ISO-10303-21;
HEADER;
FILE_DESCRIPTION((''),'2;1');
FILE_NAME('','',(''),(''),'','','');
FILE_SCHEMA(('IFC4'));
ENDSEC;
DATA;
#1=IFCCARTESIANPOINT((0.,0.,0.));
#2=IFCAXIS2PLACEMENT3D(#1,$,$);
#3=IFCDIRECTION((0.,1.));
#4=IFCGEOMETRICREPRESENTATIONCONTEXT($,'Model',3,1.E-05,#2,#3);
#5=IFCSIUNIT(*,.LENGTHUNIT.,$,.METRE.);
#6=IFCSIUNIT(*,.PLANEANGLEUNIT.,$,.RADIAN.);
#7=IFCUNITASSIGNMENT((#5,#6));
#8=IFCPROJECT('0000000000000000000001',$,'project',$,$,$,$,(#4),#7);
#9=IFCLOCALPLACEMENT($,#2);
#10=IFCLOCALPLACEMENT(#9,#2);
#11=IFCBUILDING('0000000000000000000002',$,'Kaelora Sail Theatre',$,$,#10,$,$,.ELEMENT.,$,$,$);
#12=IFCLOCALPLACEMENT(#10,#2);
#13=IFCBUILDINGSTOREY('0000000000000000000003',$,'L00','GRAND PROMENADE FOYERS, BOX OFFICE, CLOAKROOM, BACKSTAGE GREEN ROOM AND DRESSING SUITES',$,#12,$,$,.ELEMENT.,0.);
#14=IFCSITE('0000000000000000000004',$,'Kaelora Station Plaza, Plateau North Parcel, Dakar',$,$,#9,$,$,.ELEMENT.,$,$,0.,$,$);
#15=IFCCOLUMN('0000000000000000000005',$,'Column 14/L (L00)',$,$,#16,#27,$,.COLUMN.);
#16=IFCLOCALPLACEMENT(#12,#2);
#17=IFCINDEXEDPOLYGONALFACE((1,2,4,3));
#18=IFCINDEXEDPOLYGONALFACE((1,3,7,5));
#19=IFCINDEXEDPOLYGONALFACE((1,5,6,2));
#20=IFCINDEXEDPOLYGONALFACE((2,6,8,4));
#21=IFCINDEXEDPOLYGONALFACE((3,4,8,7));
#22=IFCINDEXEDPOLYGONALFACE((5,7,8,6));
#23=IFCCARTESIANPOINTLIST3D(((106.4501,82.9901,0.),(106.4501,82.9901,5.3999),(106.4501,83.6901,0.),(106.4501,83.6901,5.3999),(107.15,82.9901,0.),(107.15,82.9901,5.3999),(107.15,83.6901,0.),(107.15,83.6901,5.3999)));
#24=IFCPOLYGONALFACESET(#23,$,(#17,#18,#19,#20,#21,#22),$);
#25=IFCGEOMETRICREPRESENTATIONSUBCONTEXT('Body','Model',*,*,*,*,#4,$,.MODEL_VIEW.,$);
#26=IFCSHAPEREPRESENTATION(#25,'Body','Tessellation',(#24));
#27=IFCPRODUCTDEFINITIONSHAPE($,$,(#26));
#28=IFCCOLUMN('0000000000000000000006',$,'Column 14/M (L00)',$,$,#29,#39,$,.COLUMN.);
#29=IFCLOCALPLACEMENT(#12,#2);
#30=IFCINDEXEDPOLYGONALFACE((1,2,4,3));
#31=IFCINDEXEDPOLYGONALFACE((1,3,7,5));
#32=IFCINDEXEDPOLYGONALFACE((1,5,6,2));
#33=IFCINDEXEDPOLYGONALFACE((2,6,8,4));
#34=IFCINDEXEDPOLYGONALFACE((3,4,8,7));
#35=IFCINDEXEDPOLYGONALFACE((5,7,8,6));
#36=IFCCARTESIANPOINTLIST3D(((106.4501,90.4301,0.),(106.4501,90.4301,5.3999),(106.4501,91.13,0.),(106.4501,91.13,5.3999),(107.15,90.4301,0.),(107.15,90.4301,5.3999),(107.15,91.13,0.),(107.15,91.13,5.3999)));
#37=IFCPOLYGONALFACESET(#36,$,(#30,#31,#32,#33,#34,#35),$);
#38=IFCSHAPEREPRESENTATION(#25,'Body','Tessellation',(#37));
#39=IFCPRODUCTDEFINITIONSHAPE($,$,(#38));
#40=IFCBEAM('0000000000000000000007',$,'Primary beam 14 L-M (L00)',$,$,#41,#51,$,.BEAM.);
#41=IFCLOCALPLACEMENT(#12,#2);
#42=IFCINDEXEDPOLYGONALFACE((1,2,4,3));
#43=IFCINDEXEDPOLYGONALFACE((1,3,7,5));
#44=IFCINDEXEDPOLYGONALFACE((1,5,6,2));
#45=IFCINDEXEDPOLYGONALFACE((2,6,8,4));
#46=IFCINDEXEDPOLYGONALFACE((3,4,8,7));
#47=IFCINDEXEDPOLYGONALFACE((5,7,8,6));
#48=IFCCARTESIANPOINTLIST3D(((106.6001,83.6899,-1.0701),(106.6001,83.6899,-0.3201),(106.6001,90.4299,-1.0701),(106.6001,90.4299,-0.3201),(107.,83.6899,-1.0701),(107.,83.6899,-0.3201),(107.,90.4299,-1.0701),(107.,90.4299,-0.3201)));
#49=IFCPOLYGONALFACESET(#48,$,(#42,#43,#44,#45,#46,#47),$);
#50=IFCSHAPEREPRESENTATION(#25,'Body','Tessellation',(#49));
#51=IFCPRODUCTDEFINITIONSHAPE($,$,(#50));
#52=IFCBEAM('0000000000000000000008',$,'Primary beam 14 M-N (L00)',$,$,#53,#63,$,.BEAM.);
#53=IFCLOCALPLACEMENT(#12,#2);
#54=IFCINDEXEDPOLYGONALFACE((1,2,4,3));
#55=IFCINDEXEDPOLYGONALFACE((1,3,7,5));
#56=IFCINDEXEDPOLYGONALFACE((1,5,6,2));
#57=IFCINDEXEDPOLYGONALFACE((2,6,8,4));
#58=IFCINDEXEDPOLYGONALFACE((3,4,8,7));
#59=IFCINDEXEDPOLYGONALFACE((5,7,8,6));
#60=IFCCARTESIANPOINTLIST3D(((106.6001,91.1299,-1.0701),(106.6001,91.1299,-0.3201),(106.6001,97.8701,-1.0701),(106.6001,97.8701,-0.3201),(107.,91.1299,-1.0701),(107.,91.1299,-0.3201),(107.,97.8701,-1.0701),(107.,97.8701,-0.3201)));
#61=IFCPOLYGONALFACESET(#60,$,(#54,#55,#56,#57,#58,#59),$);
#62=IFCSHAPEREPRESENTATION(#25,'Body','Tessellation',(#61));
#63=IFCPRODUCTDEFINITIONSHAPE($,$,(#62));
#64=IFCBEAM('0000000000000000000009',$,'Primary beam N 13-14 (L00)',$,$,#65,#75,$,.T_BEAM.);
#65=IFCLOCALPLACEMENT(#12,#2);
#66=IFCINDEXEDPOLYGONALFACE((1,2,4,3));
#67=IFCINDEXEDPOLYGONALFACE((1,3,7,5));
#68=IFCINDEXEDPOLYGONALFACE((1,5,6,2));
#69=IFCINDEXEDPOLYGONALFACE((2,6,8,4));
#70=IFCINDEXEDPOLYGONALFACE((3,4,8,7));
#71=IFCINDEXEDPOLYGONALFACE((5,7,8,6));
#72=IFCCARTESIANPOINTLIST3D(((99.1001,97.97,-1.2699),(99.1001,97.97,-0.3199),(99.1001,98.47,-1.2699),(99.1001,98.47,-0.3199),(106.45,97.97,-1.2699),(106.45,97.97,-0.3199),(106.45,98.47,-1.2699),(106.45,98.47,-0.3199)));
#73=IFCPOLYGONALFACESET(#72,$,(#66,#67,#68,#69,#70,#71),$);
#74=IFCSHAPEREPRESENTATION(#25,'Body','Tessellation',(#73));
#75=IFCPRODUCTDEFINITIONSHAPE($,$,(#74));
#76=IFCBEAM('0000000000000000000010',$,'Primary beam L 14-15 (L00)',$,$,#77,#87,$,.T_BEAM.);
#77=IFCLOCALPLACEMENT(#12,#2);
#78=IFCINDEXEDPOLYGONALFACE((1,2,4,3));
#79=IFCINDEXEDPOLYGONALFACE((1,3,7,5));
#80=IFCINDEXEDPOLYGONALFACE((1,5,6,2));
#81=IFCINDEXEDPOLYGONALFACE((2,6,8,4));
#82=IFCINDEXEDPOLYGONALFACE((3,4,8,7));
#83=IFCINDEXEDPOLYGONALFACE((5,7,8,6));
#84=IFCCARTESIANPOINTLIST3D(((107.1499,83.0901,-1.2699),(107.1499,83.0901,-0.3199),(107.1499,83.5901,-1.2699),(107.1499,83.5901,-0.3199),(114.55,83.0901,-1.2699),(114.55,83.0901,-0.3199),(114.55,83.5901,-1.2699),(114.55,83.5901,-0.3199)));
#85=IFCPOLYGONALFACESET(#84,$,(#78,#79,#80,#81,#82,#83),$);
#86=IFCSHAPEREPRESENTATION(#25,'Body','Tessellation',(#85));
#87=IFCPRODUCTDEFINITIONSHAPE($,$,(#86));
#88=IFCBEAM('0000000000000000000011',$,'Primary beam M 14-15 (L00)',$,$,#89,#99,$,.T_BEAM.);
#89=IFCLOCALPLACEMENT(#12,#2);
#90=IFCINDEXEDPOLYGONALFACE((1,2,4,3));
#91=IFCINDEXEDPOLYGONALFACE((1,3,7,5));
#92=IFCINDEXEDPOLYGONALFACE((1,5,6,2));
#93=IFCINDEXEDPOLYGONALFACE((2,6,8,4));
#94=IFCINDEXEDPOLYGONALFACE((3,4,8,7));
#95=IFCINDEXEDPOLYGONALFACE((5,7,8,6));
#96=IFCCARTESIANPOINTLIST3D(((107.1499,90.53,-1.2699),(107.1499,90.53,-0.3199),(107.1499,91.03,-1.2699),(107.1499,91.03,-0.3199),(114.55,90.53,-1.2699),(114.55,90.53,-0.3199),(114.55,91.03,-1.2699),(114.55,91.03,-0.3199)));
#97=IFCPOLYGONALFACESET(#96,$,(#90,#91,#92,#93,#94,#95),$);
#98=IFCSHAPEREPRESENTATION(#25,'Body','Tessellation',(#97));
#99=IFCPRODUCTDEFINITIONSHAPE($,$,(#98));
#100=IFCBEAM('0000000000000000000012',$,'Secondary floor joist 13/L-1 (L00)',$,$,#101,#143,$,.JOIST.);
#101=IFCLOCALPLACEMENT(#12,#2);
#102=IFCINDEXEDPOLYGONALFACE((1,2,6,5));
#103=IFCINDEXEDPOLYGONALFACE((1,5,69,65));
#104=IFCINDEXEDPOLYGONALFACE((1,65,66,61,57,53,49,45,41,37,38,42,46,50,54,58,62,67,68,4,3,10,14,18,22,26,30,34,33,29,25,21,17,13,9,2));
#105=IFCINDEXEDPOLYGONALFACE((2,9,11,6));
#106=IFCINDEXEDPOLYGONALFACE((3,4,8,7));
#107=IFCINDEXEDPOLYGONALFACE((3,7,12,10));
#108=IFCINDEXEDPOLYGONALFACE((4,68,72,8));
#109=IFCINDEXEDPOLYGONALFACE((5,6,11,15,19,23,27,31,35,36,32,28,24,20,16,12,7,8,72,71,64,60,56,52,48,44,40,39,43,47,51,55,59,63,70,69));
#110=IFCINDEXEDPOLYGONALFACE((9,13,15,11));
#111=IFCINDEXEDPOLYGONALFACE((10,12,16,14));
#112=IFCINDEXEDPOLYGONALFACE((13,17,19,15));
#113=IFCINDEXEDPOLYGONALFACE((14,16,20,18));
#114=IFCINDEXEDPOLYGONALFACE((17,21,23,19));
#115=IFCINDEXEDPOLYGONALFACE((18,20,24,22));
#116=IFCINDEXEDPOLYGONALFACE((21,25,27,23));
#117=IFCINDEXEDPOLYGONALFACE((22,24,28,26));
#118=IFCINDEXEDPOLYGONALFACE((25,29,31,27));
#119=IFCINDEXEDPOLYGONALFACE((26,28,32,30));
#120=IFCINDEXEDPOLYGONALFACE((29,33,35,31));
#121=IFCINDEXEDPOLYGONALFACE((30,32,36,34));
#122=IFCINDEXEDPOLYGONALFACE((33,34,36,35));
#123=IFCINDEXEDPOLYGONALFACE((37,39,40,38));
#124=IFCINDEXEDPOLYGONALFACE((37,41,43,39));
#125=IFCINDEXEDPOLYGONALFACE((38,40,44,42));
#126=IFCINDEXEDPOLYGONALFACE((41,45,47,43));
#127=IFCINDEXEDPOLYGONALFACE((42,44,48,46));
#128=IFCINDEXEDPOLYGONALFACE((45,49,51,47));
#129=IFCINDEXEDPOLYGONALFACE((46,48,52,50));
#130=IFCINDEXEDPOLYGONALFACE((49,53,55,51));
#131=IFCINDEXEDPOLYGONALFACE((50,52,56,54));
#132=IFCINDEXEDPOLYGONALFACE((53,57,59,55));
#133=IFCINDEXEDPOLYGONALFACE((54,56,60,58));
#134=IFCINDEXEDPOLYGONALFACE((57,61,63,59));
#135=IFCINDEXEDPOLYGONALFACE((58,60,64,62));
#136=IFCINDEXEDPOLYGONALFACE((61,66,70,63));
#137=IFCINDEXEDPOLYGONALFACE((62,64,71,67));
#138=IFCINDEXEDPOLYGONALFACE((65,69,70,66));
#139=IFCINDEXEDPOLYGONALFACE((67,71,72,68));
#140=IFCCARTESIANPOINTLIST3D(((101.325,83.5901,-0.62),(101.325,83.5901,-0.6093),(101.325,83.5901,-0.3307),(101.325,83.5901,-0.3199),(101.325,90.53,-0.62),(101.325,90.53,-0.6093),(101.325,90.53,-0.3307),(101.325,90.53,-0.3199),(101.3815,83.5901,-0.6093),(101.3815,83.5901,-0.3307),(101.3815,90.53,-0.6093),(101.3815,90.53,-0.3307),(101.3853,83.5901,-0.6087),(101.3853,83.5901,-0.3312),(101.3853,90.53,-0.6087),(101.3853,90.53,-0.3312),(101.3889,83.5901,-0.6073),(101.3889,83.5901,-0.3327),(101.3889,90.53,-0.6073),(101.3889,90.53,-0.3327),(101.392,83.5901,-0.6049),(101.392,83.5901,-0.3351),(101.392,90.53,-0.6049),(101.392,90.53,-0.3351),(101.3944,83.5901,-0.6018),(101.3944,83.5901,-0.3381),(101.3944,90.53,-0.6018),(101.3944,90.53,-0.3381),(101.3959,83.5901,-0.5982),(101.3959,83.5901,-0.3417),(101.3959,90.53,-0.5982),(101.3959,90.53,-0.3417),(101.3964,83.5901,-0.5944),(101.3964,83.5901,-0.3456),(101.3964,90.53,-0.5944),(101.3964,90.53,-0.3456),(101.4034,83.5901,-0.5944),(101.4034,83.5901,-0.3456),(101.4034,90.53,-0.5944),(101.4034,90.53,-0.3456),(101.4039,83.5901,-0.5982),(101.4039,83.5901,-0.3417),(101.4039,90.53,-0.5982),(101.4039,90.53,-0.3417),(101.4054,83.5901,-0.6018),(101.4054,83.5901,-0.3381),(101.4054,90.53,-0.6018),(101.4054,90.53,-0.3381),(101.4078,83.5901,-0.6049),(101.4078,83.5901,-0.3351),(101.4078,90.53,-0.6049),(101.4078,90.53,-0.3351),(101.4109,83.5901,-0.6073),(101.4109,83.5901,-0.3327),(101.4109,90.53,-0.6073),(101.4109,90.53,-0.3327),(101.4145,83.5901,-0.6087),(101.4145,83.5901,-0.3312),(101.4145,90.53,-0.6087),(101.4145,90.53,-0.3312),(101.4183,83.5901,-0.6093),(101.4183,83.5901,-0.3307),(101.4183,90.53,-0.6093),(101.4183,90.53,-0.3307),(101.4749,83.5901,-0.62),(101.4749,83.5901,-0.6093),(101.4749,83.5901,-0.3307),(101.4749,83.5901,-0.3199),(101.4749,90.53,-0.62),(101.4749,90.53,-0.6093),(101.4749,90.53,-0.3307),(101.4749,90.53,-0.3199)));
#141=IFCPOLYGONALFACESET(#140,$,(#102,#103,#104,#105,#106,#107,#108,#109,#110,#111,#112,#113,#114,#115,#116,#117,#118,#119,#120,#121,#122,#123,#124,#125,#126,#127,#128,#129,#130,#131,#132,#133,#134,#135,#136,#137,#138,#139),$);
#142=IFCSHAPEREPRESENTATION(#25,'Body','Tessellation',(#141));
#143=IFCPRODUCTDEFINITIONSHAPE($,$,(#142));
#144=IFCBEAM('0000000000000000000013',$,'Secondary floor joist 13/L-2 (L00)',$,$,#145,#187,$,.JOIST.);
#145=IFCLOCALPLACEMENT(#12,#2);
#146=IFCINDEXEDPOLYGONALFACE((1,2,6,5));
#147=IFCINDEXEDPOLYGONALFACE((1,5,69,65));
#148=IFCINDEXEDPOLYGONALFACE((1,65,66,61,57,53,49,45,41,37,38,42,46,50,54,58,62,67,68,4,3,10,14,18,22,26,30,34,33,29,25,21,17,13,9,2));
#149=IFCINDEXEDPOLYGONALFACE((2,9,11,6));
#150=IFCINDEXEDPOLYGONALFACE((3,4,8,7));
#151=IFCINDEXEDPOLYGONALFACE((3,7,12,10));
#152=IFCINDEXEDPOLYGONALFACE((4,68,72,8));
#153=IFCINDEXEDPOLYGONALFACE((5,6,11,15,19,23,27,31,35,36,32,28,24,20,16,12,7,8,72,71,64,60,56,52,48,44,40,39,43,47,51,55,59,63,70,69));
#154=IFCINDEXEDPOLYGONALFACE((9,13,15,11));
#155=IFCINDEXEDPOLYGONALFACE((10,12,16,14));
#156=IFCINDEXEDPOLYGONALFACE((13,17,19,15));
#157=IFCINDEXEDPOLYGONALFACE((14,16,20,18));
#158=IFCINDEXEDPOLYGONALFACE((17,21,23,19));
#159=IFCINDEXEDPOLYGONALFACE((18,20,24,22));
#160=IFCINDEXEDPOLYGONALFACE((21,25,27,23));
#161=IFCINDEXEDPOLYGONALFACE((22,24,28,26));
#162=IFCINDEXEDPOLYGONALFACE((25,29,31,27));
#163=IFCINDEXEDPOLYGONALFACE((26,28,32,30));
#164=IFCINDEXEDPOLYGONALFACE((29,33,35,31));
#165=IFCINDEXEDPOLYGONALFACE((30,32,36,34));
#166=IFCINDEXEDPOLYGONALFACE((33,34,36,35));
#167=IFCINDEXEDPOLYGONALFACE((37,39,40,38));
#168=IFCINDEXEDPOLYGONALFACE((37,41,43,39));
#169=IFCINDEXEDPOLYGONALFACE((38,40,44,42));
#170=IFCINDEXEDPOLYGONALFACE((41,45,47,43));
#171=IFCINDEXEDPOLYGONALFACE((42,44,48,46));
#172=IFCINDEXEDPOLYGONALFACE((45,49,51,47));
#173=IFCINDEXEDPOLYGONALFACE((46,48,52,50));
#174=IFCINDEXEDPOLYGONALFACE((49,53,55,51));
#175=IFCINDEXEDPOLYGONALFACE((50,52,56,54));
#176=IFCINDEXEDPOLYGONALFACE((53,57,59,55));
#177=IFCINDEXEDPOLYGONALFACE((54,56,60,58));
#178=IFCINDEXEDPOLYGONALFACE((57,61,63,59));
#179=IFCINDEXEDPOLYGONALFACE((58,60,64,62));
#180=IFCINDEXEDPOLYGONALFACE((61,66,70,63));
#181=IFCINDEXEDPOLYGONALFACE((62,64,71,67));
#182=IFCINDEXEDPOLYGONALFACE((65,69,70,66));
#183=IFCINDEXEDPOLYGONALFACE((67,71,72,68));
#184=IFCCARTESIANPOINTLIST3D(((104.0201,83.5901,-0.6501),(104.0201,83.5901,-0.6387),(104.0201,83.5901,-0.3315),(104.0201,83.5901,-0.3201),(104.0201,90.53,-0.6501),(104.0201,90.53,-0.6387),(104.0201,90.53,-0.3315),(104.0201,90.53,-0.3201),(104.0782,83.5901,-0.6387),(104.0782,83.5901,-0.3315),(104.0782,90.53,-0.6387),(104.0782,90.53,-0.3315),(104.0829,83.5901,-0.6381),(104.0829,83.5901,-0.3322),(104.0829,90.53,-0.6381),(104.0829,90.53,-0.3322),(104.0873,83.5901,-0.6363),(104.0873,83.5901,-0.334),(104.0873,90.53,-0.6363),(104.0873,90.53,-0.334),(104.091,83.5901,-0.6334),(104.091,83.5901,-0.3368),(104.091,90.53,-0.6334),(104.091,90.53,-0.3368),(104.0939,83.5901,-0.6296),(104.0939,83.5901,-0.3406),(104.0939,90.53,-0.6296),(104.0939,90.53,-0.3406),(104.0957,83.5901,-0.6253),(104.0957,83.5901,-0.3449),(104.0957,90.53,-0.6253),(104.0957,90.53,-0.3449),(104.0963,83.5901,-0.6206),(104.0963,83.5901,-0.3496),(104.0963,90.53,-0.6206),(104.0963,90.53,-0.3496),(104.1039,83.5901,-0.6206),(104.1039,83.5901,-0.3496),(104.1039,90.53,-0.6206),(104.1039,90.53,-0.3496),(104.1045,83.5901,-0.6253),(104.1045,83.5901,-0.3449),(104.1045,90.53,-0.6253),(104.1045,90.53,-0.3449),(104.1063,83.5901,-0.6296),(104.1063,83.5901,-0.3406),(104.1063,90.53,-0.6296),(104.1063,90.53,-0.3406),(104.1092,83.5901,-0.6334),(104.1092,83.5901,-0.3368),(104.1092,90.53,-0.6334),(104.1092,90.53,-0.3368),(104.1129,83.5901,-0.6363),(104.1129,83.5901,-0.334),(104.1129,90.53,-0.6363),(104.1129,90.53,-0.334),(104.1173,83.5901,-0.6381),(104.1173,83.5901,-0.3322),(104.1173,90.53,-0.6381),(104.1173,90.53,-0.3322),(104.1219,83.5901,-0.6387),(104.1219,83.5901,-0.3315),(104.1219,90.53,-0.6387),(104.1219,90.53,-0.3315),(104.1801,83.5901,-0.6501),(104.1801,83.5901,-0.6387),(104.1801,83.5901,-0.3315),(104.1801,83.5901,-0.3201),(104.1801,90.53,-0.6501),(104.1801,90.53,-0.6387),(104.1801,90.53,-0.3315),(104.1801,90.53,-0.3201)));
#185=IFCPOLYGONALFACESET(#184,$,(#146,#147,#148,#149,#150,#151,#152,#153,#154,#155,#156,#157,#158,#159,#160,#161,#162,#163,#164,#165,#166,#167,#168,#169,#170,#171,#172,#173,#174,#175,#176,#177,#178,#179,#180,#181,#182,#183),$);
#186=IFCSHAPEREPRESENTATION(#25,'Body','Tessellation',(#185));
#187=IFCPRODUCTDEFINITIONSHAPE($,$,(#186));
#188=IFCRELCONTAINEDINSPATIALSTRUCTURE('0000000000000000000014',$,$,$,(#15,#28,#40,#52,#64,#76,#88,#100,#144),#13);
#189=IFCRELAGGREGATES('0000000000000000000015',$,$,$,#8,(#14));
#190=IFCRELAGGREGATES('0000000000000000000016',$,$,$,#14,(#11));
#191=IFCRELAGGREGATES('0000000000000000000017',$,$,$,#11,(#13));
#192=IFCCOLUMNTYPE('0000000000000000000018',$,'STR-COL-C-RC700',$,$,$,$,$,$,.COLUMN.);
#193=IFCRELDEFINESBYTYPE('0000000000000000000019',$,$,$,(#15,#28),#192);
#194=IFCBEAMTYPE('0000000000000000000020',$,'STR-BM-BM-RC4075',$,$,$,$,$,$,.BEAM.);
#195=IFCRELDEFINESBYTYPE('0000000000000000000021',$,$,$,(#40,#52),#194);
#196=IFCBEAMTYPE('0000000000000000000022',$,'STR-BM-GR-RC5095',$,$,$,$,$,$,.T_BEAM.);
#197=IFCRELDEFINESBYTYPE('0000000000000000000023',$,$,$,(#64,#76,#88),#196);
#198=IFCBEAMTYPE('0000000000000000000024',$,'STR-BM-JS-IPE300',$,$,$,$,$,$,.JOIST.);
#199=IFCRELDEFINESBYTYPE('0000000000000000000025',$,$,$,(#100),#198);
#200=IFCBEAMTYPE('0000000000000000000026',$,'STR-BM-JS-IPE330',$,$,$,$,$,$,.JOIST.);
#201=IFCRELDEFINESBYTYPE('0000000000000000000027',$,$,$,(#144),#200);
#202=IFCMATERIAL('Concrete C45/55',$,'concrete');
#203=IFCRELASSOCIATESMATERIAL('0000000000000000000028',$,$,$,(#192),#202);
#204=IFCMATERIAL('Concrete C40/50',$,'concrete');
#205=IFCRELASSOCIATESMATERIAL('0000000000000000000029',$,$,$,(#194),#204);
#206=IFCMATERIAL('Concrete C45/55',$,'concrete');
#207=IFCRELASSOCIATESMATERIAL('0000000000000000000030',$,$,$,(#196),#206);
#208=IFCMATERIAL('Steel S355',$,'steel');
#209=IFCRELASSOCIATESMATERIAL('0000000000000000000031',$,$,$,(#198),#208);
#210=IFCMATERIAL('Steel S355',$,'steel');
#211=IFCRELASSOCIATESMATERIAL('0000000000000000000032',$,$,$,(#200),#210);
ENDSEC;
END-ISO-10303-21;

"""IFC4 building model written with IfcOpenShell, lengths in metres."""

from ifc_helpers import new_model, si_unit, direction, frame, origin, origin_2d, place, context, subcontext, project, spatial, rectangle, i_section, extrude, material, material_profile, profile_set, type_object, element, save


model = new_model("IFC4")

# Units and contexts
model_context = context("Model", 3, precision=1e-05, world=origin(), true_north=direction((0.0, 1.0)))
body_context = subcontext(model_context, "Body", "Model", "MODEL_VIEW")
ifc_project = project(units=[si_unit("LENGTHUNIT", "METRE"), si_unit("PLANEANGLEUNIT", "RADIAN")], contexts=[model_context])

# Site, building, storey
site_placement = place(None, origin())
site = spatial("IfcSite", under=ifc_project, at=site_placement, Name="Kaelora Station Plaza, Plateau North Parcel, Dakar", CompositionType="ELEMENT", RefElevation=0.0)
building_placement = place(site_placement, origin())
building = spatial("IfcBuilding", under=site, at=building_placement, Name="Kaelora Sail Theatre", CompositionType="ELEMENT")
storey_placement = place(building_placement, origin())
storey = spatial("IfcBuildingStorey", under=building, at=storey_placement, Name="L00", Description="GRAND PROMENADE FOYERS, BOX OFFICE, CLOAKROOM, BACKSTAGE GREEN ROOM AND DRESSING SUITES", CompositionType="ELEMENT", Elevation=0.0)

# Columns
ifc_material_1 = material(Name="Concrete C45/55", Category="concrete")
ifc_material_profile_1 = material_profile(ifc_material_1, rectangle(XDim=0.7, YDim=0.7, at=origin_2d()), Name="RC-COL 700x700")
ifc_profile_set_1 = profile_set([ifc_material_profile_1], Name="Concrete C45/55")
column_type = type_object("IfcColumnType", Name="STR-COL-C-RC700", PredefinedType="COLUMN", material=ifc_profile_set_1)
for number, where, z_axis, x_axis, name in (
    (1, (106.8, 83.3401, 0.0), (0.0, 0.0, 1.0), (1.0, 0.0, 0.0), "Column 14/L (L00)"),
    (2, (106.8, 90.78, 0.0), (0.0, 0.0, 1.0), (1.0, 0.0, 0.0), "Column 14/M (L00)"),
):
    element("IfcColumn", number, at=place(storey_placement, frame(where, z_axis=z_axis, x_axis=x_axis)), inside=storey, type_object=column_type, Name=name, PredefinedType="COLUMN", context=body_context, shape_type="SweptSolid", body=[
        extrude(rectangle(XDim=0.7, YDim=0.7, at=origin_2d()), origin(), (0.0, 0.0, 1.0), 5.3999),
    ])

# Beams
ifc_material_2 = material(Name="Concrete C40/50", Category="concrete")
ifc_material_profile_2 = material_profile(ifc_material_2, rectangle(XDim=0.3999, YDim=0.75, at=origin_2d()), Name="RC-BM 400x750")
ifc_profile_set_2 = profile_set([ifc_material_profile_2], Name="Concrete C40/50")
beam_type_1 = type_object("IfcBeamType", Name="STR-BM-BM-RC4075", PredefinedType="BEAM", material=ifc_profile_set_2)
beam_1_placement = place(storey_placement, frame((106.8, 83.6899, -0.6951), z_axis=(0.0, 1.0, 0.0), x_axis=(-1.0, 0.0, 0.0)))
element("IfcBeam", 3, at=beam_1_placement, inside=storey, type_object=beam_type_1, Name="Primary beam 14 L-M (L00)", PredefinedType="BEAM", context=body_context, shape_type="SweptSolid", body=[
    extrude(rectangle(XDim=0.3999, YDim=0.75, at=origin_2d()), origin(), (0.0, 0.0, 1.0), 6.74),
])
beam_2_placement = place(storey_placement, frame((106.8, 91.1299, -0.6951), z_axis=(0.0, 1.0, 0.0), x_axis=(-1.0, 0.0, 0.0)))
element("IfcBeam", 4, at=beam_2_placement, inside=storey, type_object=beam_type_1, Name="Primary beam 14 M-N (L00)", PredefinedType="BEAM", context=body_context, shape_type="SweptSolid", body=[
    extrude(rectangle(XDim=0.3999, YDim=0.75, at=origin_2d()), origin(), (0.0, 0.0, 1.0), 6.7402),
])
ifc_material_3 = material(Name="Concrete C45/55", Category="concrete")
ifc_material_profile_3 = material_profile(ifc_material_3, rectangle(XDim=0.5, YDim=0.95, at=origin_2d()), Name="RC-GRD 500x950")
ifc_profile_set_3 = profile_set([ifc_material_profile_3], Name="Concrete C45/55")
beam_type_2 = type_object("IfcBeamType", Name="STR-BM-GR-RC5095", PredefinedType="T_BEAM", material=ifc_profile_set_3)
beam_3_placement = place(storey_placement, frame((99.1001, 98.22, -0.7949), z_axis=(1.0, 0.0, 0.0), x_axis=(0.0, 1.0, 0.0)))
element("IfcBeam", 5, at=beam_3_placement, inside=storey, type_object=beam_type_2, Name="Primary beam N 13-14 (L00)", PredefinedType="T_BEAM", context=body_context, shape_type="SweptSolid", body=[
    extrude(rectangle(XDim=0.5, YDim=0.95, at=origin_2d()), origin(), (0.0, 0.0, 1.0), 7.3499),
])
for number, where, z_axis, x_axis, name in (
    (6, (107.1499, 83.3401, -0.7949), (1.0, 0.0, 0.0), (0.0, 1.0, 0.0), "Primary beam L 14-15 (L00)"),
    (7, (107.1499, 90.78, -0.7949), (1.0, 0.0, 0.0), (0.0, 1.0, 0.0), "Primary beam M 14-15 (L00)"),
):
    element("IfcBeam", number, at=place(storey_placement, frame(where, z_axis=z_axis, x_axis=x_axis)), inside=storey, type_object=beam_type_2, Name=name, PredefinedType="T_BEAM", context=body_context, shape_type="SweptSolid", body=[
        extrude(rectangle(XDim=0.5, YDim=0.95, at=origin_2d()), origin(), (0.0, 0.0, 1.0), 7.4001),
    ])
ifc_material_4 = material(Name="Steel S355", Category="steel")
ifc_material_profile_4 = material_profile(ifc_material_4, i_section(OverallWidth=0.1499, OverallDepth=0.3, WebThickness=0.0071, FlangeThickness=0.0107, FilletRadius=0.0149, at=origin_2d()), Name="IPE 300")
ifc_profile_set_4 = profile_set([ifc_material_profile_4], Name="Steel S355")
beam_type_3 = type_object("IfcBeamType", Name="STR-BM-JS-IPE300", PredefinedType="JOIST", material=ifc_profile_set_4)
beam_4_placement = place(storey_placement, frame((101.3999, 83.5901, -0.47), z_axis=(0.0, 1.0, 0.0), x_axis=(-1.0, 0.0, 0.0)))
element("IfcBeam", 8, at=beam_4_placement, inside=storey, type_object=beam_type_3, Name="Secondary floor joist 13/L-1 (L00)", PredefinedType="JOIST", context=body_context, shape_type="SweptSolid", body=[
    extrude(i_section(OverallWidth=0.1499, OverallDepth=0.3, WebThickness=0.0071, FlangeThickness=0.0107, FilletRadius=0.0149, at=origin_2d()), origin(), (0.0, 0.0, 1.0), 6.9399),
])
ifc_material_5 = material(Name="Steel S355", Category="steel")
ifc_material_profile_5 = material_profile(ifc_material_5, i_section(OverallWidth=0.1599, OverallDepth=0.3301, WebThickness=0.0076, FlangeThickness=0.0115, FilletRadius=0.0181, at=origin_2d()), Name="IPE 330")
ifc_profile_set_5 = profile_set([ifc_material_profile_5], Name="Steel S355")
beam_type_4 = type_object("IfcBeamType", Name="STR-BM-JS-IPE330", PredefinedType="JOIST", material=ifc_profile_set_5)
beam_5_placement = place(storey_placement, frame((104.1001, 83.5901, -0.4851), z_axis=(0.0, 1.0, 0.0), x_axis=(-1.0, 0.0, 0.0)))
element("IfcBeam", 9, at=beam_5_placement, inside=storey, type_object=beam_type_4, Name="Secondary floor joist 13/L-2 (L00)", PredefinedType="JOIST", context=body_context, shape_type="SweptSolid", body=[
    extrude(i_section(OverallWidth=0.1599, OverallDepth=0.3301, WebThickness=0.0076, FlangeThickness=0.0115, FilletRadius=0.0181, at=origin_2d()), origin(), (0.0, 0.0, 1.0), 6.9399),
])

save(model, "model.ifc")
